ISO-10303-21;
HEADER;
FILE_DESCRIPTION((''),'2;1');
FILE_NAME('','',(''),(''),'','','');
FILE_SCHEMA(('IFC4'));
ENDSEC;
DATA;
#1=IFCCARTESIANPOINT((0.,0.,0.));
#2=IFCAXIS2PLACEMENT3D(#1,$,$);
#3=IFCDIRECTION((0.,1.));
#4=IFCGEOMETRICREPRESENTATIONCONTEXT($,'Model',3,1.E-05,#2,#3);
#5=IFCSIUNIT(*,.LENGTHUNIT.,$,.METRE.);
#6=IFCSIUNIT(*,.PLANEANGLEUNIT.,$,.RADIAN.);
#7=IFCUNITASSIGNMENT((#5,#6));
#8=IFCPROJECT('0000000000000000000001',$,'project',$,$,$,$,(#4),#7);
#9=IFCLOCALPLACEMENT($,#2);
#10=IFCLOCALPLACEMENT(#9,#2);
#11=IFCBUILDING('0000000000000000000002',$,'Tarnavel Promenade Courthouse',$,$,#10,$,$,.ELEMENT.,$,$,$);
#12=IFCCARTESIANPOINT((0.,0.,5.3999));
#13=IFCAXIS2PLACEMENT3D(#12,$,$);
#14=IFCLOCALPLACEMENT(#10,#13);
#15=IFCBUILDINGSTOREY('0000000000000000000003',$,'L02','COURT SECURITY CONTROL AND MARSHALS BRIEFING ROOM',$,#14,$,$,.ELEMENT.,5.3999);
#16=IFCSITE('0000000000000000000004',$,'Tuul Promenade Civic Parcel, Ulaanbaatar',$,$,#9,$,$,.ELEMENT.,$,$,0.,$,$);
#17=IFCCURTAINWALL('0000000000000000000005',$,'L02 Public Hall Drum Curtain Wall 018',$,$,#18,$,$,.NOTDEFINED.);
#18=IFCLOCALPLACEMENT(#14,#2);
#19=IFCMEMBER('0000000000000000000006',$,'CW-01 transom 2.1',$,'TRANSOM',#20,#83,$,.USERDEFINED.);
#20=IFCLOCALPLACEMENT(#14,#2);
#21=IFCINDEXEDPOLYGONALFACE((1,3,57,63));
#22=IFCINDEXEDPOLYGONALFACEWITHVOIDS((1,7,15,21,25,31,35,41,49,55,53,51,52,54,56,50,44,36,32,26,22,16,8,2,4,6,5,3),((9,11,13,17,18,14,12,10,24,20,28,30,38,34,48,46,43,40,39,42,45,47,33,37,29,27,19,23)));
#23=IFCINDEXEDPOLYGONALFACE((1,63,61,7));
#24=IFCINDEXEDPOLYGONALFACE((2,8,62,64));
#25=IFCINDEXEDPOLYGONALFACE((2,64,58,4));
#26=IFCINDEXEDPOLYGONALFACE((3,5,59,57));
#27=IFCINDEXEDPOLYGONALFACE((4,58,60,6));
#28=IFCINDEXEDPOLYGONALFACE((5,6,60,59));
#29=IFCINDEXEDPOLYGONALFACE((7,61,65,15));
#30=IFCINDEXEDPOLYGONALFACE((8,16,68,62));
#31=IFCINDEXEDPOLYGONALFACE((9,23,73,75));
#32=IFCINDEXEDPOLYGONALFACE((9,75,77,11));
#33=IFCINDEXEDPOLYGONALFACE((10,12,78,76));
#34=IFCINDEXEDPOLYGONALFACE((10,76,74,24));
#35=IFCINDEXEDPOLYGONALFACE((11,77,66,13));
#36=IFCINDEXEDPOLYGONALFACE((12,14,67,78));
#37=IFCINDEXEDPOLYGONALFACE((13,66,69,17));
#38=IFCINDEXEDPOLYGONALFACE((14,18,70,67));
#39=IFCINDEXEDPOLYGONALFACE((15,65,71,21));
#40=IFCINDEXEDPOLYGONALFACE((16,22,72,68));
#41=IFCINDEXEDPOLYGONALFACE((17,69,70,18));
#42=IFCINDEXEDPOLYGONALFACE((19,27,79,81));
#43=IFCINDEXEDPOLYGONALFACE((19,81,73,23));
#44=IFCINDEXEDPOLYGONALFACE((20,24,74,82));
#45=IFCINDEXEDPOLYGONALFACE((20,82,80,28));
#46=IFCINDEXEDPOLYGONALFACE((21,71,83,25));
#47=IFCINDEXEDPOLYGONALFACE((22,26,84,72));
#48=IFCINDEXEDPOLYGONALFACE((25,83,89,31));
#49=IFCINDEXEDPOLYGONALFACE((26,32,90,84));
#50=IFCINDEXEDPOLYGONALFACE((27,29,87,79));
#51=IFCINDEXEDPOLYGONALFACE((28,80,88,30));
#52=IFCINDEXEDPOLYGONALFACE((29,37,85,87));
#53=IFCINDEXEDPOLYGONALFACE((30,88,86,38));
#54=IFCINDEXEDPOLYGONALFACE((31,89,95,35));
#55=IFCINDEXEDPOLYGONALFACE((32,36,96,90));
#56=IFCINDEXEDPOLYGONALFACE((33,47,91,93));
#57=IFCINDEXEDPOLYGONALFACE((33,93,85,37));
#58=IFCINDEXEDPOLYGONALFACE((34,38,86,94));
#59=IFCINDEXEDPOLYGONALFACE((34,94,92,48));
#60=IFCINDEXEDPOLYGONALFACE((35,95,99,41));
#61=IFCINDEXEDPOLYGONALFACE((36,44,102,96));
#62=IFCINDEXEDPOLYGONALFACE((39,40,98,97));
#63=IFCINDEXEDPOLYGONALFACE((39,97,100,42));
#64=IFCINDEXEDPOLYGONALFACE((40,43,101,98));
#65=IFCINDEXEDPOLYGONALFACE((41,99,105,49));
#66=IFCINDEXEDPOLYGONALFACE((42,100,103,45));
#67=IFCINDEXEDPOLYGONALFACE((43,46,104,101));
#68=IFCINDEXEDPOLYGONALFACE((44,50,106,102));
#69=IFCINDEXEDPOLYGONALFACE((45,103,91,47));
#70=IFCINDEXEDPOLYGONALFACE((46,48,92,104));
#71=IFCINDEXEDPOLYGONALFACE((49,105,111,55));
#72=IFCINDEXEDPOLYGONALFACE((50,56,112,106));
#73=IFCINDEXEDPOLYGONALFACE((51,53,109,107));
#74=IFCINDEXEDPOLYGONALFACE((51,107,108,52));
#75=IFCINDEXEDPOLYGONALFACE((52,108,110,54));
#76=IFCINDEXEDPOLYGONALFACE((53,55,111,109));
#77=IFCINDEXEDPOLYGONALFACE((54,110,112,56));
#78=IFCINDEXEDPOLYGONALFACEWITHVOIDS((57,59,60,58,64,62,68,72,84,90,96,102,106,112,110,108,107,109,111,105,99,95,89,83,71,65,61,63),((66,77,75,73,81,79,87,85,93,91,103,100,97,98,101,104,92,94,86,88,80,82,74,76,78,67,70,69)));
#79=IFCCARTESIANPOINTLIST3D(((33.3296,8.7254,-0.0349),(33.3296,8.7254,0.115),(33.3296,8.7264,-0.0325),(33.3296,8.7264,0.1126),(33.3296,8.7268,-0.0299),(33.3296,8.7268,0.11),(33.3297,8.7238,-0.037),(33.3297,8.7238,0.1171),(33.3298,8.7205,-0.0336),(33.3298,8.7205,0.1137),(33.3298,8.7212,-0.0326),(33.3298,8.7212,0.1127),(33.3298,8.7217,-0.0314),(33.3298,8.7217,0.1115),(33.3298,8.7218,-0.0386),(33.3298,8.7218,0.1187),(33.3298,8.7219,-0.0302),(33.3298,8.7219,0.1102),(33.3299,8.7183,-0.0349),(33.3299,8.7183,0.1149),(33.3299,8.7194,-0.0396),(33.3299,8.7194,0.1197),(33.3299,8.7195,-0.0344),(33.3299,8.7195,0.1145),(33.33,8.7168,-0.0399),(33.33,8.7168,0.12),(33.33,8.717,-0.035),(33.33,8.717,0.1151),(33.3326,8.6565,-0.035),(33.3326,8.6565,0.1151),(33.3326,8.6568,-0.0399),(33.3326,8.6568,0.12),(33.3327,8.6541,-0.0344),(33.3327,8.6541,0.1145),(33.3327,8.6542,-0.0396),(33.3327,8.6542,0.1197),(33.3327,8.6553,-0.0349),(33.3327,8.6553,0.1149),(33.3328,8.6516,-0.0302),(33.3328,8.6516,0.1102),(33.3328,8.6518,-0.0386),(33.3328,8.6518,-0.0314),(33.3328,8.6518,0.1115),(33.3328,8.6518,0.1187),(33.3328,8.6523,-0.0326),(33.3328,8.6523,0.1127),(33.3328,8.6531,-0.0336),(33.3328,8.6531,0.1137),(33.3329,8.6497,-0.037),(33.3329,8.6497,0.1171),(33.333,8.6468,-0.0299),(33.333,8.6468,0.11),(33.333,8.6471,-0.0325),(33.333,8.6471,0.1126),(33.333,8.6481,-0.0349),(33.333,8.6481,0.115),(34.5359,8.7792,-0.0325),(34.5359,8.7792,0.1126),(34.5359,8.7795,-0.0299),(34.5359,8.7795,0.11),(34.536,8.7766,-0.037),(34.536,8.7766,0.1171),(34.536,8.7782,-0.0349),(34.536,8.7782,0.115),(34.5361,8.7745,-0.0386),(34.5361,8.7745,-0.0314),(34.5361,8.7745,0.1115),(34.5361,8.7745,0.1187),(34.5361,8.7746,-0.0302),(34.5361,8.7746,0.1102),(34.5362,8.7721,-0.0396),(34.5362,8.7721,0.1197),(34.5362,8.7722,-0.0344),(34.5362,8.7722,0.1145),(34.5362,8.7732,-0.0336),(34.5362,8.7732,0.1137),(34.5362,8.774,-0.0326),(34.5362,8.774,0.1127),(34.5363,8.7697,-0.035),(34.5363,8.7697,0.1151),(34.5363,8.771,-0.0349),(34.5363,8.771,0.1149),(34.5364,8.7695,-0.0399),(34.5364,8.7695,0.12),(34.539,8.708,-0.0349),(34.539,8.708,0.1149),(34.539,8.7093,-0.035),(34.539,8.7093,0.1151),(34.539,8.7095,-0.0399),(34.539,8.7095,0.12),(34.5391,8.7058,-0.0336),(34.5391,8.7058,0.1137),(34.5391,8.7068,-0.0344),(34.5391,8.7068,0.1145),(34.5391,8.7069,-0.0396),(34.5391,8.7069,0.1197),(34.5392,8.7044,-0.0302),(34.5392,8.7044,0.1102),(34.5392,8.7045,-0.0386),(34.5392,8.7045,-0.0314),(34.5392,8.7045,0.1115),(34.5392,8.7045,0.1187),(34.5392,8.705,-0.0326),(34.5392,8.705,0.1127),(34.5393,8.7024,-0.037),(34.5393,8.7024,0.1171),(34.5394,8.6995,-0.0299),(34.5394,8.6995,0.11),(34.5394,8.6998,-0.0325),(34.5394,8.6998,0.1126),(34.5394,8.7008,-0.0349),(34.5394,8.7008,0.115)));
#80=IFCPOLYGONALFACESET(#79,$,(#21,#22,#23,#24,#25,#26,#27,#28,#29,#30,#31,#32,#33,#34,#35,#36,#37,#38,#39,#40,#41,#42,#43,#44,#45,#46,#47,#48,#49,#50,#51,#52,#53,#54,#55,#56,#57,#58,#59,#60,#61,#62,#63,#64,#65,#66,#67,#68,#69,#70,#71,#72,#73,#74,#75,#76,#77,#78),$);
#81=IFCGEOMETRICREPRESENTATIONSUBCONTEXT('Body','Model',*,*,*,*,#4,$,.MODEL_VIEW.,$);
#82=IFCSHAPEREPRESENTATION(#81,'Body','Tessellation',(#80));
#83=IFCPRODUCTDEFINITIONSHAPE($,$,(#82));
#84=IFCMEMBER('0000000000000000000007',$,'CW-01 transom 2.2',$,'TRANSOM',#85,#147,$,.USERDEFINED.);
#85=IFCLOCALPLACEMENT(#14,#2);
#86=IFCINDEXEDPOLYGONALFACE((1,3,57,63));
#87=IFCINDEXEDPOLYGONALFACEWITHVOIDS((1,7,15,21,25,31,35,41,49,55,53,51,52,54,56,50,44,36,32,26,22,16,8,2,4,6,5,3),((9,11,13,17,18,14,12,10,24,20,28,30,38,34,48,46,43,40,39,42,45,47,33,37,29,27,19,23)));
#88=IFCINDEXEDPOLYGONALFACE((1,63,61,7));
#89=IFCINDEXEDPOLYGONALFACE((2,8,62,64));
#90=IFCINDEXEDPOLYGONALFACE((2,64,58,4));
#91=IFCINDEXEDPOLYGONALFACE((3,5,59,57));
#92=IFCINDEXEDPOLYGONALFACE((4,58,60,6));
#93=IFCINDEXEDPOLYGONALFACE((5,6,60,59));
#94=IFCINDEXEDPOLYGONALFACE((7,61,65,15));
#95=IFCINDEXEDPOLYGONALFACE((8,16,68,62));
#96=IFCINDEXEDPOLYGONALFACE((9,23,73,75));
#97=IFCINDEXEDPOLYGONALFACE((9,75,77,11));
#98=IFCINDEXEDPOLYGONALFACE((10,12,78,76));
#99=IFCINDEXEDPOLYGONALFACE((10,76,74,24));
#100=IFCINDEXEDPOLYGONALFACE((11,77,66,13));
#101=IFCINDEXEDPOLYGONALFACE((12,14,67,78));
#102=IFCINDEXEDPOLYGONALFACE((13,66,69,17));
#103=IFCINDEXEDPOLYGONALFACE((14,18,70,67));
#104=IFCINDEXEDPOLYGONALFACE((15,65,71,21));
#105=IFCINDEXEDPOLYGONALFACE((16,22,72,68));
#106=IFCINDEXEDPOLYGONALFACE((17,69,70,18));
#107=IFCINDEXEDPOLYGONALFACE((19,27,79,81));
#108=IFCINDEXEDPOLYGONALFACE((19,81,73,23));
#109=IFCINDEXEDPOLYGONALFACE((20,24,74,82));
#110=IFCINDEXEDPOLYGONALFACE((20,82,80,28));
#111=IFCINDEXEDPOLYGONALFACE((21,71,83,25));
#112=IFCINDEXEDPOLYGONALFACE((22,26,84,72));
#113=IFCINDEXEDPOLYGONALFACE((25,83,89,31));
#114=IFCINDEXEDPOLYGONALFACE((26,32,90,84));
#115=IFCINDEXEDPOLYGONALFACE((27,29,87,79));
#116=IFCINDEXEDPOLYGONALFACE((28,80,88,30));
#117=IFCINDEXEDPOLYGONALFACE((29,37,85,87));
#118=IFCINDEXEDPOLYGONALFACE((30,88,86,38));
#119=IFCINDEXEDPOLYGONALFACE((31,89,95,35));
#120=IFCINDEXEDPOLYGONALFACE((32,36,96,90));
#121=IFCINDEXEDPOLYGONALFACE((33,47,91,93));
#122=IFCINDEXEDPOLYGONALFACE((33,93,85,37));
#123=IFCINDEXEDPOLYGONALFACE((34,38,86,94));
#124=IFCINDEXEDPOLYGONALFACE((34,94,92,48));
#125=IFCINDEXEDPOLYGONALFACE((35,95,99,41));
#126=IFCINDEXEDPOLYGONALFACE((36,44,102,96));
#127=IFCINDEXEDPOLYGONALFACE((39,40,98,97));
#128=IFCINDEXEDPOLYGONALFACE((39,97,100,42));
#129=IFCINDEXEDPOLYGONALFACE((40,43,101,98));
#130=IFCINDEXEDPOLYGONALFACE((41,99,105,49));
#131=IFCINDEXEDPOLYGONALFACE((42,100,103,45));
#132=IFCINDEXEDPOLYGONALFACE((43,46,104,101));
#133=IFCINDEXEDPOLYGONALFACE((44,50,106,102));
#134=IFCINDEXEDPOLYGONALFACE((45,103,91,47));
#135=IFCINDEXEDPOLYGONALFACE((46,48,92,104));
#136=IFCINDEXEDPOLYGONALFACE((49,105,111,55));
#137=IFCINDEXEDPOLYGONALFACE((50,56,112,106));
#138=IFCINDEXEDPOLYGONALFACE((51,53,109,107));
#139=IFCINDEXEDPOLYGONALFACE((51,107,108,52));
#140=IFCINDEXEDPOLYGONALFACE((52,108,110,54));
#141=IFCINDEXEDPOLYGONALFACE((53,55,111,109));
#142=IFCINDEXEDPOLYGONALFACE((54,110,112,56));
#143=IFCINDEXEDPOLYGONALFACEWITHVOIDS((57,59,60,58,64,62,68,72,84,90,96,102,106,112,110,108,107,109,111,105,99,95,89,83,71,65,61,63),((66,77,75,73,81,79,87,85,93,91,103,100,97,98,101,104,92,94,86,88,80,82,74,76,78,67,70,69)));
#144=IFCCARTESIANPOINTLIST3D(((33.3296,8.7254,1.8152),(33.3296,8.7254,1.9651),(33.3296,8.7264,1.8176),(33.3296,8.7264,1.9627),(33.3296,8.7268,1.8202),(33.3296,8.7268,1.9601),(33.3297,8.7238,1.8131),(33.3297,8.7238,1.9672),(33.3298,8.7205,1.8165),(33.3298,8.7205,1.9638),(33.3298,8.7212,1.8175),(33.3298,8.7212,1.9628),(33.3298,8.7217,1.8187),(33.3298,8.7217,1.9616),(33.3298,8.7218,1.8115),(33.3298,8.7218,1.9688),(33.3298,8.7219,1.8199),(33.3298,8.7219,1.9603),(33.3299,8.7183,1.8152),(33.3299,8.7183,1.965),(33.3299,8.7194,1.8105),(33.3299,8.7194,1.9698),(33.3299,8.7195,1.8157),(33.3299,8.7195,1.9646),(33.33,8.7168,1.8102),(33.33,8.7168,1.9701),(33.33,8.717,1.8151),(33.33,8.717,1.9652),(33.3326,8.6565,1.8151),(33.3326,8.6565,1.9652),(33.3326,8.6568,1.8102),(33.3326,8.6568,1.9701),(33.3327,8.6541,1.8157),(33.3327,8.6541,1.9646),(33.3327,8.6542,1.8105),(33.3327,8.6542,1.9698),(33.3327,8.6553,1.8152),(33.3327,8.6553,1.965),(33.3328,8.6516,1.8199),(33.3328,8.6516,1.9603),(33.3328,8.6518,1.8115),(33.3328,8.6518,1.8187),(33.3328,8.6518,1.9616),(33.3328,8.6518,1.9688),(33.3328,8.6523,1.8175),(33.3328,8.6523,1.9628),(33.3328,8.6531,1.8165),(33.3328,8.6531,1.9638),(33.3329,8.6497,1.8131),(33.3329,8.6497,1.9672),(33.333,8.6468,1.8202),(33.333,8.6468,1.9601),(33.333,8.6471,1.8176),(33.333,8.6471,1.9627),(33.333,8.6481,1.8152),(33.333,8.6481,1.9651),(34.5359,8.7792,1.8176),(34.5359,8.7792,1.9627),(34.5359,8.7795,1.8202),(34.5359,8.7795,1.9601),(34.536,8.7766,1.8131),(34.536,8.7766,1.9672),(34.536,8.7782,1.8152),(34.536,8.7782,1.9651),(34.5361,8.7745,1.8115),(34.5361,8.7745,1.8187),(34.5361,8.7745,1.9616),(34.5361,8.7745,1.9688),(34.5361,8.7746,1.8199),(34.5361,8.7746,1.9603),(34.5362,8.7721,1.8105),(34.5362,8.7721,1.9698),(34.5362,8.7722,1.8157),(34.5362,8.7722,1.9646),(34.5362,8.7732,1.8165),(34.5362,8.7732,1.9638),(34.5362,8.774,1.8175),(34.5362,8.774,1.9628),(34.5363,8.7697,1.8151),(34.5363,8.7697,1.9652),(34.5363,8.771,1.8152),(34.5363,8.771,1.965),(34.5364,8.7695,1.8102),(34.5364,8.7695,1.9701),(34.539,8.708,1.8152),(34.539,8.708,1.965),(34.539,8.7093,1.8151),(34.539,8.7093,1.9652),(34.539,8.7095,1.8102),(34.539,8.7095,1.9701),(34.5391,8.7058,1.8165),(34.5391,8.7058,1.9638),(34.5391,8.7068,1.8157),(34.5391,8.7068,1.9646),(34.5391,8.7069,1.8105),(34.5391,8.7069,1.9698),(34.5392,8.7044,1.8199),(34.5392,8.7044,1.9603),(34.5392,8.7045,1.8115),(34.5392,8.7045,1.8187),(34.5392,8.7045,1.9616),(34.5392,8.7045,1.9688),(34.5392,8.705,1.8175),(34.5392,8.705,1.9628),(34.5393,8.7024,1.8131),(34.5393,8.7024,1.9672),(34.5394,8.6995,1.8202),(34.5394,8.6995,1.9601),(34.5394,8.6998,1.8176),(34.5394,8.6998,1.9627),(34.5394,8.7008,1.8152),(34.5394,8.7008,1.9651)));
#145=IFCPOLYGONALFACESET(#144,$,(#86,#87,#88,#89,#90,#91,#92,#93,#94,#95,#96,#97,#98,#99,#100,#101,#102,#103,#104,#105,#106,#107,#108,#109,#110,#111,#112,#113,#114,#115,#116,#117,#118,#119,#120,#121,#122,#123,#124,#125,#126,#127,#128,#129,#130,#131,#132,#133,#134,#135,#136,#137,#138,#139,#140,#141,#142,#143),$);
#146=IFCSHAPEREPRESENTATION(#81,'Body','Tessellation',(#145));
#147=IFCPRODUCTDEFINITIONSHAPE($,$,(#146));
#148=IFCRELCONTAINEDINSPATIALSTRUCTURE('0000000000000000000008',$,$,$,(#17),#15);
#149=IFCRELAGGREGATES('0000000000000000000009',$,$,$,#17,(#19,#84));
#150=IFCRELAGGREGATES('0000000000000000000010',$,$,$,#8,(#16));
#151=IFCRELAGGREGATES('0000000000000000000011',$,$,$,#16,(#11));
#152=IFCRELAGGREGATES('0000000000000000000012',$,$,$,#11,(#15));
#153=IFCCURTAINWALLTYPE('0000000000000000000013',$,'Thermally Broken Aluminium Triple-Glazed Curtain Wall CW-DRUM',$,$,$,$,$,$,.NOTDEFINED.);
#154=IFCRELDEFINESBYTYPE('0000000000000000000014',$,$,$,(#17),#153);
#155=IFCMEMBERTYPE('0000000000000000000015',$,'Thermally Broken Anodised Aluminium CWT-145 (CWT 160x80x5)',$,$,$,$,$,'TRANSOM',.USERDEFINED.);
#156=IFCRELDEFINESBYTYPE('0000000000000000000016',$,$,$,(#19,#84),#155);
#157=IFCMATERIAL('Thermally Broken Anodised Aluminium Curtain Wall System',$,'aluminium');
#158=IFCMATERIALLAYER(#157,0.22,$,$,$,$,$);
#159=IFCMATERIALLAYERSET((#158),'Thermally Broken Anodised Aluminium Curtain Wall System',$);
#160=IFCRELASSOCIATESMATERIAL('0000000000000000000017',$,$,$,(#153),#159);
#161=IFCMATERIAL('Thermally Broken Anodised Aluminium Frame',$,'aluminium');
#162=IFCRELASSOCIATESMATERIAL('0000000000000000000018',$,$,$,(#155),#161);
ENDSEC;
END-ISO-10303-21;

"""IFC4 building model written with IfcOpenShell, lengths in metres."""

from ifc_helpers import new_model, si_unit, direction, frame, origin, origin_2d, place, context, subcontext, project, spatial, hollow_rectangle, extrude, material, layer, layer_set, material_profile, profile_set, type_object, element, aggregate, save


model = new_model("IFC4")

# Units and contexts
model_context = context("Model", 3, precision=1e-05, world=origin(), true_north=direction((0.0, 1.0)))
body_context = subcontext(model_context, "Body", "Model", "MODEL_VIEW")
ifc_project = project(units=[si_unit("LENGTHUNIT", "METRE"), si_unit("PLANEANGLEUNIT", "RADIAN")], contexts=[model_context])

# Site, building, storey
site_placement = place(None, origin())
site = spatial("IfcSite", under=ifc_project, at=site_placement, Name="Tuul Promenade Civic Parcel, Ulaanbaatar", CompositionType="ELEMENT", RefElevation=0.0)
building_placement = place(site_placement, origin())
building = spatial("IfcBuilding", under=site, at=building_placement, Name="Tarnavel Promenade Courthouse", CompositionType="ELEMENT")
storey_placement = place(building_placement, frame((0.0, 0.0, 5.3999)))
storey = spatial("IfcBuildingStorey", under=building, at=storey_placement, Name="L02", Description="COURT SECURITY CONTROL AND MARSHALS BRIEFING ROOM", CompositionType="ELEMENT", Elevation=5.3999)

# Shared definitions
ifc_material_1 = material(Name="Thermally Broken Anodised Aluminium Curtain Wall System", Category="aluminium")
ifc_layer_1 = layer(ifc_material_1, 0.22)
ifc_layer_set_1 = layer_set([ifc_layer_1], Name="Thermally Broken Anodised Aluminium Curtain Wall System")
curtain_wall_type = type_object("IfcCurtainWallType", Name="Thermally Broken Aluminium Triple-Glazed Curtain Wall CW-DRUM", PredefinedType="NOTDEFINED", material=ifc_layer_set_1)
ifc_material_2 = material(Name="Thermally Broken Anodised Aluminium Frame", Category="aluminium")

# Curtain wall
curtain_wall_1_placement = place(storey_placement, origin())
curtain_wall_1 = element("IfcCurtainWall", 1, at=curtain_wall_1_placement, inside=storey, type_object=curtain_wall_type, Name="L02 Public Hall Drum Curtain Wall 018", PredefinedType="NOTDEFINED")

# Members
ifc_material_profile_1 = material_profile(ifc_material_2, hollow_rectangle(XDim=0.0801, YDim=0.1599, WallThickness=0.0049, InnerFilletRadius=0.0049, OuterFilletRadius=0.01, at=origin_2d()), Name="CWT 160x80x5")
ifc_profile_set_1 = profile_set([ifc_material_profile_1], Name="Thermally Broken Anodised Aluminium Frame")
member_type_1 = type_object("IfcMemberType", Name="Thermally Broken Anodised Aluminium CWT-145 (CWT 160x80x5)", ElementType="TRANSOM", PredefinedType="USERDEFINED", material=ifc_profile_set_1)
member_1_placement = place(storey_placement, frame((33.3313, 8.6868, 0.04), z_axis=(0.999046, 0.043674, 0.0), x_axis=(-0.043674, 0.999046, 0.0)))
member_1 = element("IfcMember", 2, at=member_1_placement, type_object=member_type_1, Name="CW-01 transom 2.1", ObjectType="TRANSOM", PredefinedType="USERDEFINED", context=body_context, shape_type="SweptSolid", body=[
    extrude(hollow_rectangle(XDim=0.0801, YDim=0.1599, WallThickness=0.0049, InnerFilletRadius=0.0049, OuterFilletRadius=0.01, at=origin_2d()), origin(), (0.0, 0.0, 1.0), 1.2075),
])
member_2_placement = place(storey_placement, frame((33.3313, 8.6868, 1.8901), z_axis=(0.999046, 0.043674, 0.0), x_axis=(-0.043674, 0.999046, 0.0)))
member_2 = element("IfcMember", 3, at=member_2_placement, type_object=member_type_1, Name="CW-01 transom 2.2", ObjectType="TRANSOM", PredefinedType="USERDEFINED", context=body_context, shape_type="SweptSolid", body=[
    extrude(hollow_rectangle(XDim=0.0801, YDim=0.1599, WallThickness=0.0049, InnerFilletRadius=0.0049, OuterFilletRadius=0.01, at=origin_2d()), origin(), (0.0, 0.0, 1.0), 1.2075),
])

aggregate(curtain_wall_1, [member_1, member_2])

save(model, "model.ifc")
